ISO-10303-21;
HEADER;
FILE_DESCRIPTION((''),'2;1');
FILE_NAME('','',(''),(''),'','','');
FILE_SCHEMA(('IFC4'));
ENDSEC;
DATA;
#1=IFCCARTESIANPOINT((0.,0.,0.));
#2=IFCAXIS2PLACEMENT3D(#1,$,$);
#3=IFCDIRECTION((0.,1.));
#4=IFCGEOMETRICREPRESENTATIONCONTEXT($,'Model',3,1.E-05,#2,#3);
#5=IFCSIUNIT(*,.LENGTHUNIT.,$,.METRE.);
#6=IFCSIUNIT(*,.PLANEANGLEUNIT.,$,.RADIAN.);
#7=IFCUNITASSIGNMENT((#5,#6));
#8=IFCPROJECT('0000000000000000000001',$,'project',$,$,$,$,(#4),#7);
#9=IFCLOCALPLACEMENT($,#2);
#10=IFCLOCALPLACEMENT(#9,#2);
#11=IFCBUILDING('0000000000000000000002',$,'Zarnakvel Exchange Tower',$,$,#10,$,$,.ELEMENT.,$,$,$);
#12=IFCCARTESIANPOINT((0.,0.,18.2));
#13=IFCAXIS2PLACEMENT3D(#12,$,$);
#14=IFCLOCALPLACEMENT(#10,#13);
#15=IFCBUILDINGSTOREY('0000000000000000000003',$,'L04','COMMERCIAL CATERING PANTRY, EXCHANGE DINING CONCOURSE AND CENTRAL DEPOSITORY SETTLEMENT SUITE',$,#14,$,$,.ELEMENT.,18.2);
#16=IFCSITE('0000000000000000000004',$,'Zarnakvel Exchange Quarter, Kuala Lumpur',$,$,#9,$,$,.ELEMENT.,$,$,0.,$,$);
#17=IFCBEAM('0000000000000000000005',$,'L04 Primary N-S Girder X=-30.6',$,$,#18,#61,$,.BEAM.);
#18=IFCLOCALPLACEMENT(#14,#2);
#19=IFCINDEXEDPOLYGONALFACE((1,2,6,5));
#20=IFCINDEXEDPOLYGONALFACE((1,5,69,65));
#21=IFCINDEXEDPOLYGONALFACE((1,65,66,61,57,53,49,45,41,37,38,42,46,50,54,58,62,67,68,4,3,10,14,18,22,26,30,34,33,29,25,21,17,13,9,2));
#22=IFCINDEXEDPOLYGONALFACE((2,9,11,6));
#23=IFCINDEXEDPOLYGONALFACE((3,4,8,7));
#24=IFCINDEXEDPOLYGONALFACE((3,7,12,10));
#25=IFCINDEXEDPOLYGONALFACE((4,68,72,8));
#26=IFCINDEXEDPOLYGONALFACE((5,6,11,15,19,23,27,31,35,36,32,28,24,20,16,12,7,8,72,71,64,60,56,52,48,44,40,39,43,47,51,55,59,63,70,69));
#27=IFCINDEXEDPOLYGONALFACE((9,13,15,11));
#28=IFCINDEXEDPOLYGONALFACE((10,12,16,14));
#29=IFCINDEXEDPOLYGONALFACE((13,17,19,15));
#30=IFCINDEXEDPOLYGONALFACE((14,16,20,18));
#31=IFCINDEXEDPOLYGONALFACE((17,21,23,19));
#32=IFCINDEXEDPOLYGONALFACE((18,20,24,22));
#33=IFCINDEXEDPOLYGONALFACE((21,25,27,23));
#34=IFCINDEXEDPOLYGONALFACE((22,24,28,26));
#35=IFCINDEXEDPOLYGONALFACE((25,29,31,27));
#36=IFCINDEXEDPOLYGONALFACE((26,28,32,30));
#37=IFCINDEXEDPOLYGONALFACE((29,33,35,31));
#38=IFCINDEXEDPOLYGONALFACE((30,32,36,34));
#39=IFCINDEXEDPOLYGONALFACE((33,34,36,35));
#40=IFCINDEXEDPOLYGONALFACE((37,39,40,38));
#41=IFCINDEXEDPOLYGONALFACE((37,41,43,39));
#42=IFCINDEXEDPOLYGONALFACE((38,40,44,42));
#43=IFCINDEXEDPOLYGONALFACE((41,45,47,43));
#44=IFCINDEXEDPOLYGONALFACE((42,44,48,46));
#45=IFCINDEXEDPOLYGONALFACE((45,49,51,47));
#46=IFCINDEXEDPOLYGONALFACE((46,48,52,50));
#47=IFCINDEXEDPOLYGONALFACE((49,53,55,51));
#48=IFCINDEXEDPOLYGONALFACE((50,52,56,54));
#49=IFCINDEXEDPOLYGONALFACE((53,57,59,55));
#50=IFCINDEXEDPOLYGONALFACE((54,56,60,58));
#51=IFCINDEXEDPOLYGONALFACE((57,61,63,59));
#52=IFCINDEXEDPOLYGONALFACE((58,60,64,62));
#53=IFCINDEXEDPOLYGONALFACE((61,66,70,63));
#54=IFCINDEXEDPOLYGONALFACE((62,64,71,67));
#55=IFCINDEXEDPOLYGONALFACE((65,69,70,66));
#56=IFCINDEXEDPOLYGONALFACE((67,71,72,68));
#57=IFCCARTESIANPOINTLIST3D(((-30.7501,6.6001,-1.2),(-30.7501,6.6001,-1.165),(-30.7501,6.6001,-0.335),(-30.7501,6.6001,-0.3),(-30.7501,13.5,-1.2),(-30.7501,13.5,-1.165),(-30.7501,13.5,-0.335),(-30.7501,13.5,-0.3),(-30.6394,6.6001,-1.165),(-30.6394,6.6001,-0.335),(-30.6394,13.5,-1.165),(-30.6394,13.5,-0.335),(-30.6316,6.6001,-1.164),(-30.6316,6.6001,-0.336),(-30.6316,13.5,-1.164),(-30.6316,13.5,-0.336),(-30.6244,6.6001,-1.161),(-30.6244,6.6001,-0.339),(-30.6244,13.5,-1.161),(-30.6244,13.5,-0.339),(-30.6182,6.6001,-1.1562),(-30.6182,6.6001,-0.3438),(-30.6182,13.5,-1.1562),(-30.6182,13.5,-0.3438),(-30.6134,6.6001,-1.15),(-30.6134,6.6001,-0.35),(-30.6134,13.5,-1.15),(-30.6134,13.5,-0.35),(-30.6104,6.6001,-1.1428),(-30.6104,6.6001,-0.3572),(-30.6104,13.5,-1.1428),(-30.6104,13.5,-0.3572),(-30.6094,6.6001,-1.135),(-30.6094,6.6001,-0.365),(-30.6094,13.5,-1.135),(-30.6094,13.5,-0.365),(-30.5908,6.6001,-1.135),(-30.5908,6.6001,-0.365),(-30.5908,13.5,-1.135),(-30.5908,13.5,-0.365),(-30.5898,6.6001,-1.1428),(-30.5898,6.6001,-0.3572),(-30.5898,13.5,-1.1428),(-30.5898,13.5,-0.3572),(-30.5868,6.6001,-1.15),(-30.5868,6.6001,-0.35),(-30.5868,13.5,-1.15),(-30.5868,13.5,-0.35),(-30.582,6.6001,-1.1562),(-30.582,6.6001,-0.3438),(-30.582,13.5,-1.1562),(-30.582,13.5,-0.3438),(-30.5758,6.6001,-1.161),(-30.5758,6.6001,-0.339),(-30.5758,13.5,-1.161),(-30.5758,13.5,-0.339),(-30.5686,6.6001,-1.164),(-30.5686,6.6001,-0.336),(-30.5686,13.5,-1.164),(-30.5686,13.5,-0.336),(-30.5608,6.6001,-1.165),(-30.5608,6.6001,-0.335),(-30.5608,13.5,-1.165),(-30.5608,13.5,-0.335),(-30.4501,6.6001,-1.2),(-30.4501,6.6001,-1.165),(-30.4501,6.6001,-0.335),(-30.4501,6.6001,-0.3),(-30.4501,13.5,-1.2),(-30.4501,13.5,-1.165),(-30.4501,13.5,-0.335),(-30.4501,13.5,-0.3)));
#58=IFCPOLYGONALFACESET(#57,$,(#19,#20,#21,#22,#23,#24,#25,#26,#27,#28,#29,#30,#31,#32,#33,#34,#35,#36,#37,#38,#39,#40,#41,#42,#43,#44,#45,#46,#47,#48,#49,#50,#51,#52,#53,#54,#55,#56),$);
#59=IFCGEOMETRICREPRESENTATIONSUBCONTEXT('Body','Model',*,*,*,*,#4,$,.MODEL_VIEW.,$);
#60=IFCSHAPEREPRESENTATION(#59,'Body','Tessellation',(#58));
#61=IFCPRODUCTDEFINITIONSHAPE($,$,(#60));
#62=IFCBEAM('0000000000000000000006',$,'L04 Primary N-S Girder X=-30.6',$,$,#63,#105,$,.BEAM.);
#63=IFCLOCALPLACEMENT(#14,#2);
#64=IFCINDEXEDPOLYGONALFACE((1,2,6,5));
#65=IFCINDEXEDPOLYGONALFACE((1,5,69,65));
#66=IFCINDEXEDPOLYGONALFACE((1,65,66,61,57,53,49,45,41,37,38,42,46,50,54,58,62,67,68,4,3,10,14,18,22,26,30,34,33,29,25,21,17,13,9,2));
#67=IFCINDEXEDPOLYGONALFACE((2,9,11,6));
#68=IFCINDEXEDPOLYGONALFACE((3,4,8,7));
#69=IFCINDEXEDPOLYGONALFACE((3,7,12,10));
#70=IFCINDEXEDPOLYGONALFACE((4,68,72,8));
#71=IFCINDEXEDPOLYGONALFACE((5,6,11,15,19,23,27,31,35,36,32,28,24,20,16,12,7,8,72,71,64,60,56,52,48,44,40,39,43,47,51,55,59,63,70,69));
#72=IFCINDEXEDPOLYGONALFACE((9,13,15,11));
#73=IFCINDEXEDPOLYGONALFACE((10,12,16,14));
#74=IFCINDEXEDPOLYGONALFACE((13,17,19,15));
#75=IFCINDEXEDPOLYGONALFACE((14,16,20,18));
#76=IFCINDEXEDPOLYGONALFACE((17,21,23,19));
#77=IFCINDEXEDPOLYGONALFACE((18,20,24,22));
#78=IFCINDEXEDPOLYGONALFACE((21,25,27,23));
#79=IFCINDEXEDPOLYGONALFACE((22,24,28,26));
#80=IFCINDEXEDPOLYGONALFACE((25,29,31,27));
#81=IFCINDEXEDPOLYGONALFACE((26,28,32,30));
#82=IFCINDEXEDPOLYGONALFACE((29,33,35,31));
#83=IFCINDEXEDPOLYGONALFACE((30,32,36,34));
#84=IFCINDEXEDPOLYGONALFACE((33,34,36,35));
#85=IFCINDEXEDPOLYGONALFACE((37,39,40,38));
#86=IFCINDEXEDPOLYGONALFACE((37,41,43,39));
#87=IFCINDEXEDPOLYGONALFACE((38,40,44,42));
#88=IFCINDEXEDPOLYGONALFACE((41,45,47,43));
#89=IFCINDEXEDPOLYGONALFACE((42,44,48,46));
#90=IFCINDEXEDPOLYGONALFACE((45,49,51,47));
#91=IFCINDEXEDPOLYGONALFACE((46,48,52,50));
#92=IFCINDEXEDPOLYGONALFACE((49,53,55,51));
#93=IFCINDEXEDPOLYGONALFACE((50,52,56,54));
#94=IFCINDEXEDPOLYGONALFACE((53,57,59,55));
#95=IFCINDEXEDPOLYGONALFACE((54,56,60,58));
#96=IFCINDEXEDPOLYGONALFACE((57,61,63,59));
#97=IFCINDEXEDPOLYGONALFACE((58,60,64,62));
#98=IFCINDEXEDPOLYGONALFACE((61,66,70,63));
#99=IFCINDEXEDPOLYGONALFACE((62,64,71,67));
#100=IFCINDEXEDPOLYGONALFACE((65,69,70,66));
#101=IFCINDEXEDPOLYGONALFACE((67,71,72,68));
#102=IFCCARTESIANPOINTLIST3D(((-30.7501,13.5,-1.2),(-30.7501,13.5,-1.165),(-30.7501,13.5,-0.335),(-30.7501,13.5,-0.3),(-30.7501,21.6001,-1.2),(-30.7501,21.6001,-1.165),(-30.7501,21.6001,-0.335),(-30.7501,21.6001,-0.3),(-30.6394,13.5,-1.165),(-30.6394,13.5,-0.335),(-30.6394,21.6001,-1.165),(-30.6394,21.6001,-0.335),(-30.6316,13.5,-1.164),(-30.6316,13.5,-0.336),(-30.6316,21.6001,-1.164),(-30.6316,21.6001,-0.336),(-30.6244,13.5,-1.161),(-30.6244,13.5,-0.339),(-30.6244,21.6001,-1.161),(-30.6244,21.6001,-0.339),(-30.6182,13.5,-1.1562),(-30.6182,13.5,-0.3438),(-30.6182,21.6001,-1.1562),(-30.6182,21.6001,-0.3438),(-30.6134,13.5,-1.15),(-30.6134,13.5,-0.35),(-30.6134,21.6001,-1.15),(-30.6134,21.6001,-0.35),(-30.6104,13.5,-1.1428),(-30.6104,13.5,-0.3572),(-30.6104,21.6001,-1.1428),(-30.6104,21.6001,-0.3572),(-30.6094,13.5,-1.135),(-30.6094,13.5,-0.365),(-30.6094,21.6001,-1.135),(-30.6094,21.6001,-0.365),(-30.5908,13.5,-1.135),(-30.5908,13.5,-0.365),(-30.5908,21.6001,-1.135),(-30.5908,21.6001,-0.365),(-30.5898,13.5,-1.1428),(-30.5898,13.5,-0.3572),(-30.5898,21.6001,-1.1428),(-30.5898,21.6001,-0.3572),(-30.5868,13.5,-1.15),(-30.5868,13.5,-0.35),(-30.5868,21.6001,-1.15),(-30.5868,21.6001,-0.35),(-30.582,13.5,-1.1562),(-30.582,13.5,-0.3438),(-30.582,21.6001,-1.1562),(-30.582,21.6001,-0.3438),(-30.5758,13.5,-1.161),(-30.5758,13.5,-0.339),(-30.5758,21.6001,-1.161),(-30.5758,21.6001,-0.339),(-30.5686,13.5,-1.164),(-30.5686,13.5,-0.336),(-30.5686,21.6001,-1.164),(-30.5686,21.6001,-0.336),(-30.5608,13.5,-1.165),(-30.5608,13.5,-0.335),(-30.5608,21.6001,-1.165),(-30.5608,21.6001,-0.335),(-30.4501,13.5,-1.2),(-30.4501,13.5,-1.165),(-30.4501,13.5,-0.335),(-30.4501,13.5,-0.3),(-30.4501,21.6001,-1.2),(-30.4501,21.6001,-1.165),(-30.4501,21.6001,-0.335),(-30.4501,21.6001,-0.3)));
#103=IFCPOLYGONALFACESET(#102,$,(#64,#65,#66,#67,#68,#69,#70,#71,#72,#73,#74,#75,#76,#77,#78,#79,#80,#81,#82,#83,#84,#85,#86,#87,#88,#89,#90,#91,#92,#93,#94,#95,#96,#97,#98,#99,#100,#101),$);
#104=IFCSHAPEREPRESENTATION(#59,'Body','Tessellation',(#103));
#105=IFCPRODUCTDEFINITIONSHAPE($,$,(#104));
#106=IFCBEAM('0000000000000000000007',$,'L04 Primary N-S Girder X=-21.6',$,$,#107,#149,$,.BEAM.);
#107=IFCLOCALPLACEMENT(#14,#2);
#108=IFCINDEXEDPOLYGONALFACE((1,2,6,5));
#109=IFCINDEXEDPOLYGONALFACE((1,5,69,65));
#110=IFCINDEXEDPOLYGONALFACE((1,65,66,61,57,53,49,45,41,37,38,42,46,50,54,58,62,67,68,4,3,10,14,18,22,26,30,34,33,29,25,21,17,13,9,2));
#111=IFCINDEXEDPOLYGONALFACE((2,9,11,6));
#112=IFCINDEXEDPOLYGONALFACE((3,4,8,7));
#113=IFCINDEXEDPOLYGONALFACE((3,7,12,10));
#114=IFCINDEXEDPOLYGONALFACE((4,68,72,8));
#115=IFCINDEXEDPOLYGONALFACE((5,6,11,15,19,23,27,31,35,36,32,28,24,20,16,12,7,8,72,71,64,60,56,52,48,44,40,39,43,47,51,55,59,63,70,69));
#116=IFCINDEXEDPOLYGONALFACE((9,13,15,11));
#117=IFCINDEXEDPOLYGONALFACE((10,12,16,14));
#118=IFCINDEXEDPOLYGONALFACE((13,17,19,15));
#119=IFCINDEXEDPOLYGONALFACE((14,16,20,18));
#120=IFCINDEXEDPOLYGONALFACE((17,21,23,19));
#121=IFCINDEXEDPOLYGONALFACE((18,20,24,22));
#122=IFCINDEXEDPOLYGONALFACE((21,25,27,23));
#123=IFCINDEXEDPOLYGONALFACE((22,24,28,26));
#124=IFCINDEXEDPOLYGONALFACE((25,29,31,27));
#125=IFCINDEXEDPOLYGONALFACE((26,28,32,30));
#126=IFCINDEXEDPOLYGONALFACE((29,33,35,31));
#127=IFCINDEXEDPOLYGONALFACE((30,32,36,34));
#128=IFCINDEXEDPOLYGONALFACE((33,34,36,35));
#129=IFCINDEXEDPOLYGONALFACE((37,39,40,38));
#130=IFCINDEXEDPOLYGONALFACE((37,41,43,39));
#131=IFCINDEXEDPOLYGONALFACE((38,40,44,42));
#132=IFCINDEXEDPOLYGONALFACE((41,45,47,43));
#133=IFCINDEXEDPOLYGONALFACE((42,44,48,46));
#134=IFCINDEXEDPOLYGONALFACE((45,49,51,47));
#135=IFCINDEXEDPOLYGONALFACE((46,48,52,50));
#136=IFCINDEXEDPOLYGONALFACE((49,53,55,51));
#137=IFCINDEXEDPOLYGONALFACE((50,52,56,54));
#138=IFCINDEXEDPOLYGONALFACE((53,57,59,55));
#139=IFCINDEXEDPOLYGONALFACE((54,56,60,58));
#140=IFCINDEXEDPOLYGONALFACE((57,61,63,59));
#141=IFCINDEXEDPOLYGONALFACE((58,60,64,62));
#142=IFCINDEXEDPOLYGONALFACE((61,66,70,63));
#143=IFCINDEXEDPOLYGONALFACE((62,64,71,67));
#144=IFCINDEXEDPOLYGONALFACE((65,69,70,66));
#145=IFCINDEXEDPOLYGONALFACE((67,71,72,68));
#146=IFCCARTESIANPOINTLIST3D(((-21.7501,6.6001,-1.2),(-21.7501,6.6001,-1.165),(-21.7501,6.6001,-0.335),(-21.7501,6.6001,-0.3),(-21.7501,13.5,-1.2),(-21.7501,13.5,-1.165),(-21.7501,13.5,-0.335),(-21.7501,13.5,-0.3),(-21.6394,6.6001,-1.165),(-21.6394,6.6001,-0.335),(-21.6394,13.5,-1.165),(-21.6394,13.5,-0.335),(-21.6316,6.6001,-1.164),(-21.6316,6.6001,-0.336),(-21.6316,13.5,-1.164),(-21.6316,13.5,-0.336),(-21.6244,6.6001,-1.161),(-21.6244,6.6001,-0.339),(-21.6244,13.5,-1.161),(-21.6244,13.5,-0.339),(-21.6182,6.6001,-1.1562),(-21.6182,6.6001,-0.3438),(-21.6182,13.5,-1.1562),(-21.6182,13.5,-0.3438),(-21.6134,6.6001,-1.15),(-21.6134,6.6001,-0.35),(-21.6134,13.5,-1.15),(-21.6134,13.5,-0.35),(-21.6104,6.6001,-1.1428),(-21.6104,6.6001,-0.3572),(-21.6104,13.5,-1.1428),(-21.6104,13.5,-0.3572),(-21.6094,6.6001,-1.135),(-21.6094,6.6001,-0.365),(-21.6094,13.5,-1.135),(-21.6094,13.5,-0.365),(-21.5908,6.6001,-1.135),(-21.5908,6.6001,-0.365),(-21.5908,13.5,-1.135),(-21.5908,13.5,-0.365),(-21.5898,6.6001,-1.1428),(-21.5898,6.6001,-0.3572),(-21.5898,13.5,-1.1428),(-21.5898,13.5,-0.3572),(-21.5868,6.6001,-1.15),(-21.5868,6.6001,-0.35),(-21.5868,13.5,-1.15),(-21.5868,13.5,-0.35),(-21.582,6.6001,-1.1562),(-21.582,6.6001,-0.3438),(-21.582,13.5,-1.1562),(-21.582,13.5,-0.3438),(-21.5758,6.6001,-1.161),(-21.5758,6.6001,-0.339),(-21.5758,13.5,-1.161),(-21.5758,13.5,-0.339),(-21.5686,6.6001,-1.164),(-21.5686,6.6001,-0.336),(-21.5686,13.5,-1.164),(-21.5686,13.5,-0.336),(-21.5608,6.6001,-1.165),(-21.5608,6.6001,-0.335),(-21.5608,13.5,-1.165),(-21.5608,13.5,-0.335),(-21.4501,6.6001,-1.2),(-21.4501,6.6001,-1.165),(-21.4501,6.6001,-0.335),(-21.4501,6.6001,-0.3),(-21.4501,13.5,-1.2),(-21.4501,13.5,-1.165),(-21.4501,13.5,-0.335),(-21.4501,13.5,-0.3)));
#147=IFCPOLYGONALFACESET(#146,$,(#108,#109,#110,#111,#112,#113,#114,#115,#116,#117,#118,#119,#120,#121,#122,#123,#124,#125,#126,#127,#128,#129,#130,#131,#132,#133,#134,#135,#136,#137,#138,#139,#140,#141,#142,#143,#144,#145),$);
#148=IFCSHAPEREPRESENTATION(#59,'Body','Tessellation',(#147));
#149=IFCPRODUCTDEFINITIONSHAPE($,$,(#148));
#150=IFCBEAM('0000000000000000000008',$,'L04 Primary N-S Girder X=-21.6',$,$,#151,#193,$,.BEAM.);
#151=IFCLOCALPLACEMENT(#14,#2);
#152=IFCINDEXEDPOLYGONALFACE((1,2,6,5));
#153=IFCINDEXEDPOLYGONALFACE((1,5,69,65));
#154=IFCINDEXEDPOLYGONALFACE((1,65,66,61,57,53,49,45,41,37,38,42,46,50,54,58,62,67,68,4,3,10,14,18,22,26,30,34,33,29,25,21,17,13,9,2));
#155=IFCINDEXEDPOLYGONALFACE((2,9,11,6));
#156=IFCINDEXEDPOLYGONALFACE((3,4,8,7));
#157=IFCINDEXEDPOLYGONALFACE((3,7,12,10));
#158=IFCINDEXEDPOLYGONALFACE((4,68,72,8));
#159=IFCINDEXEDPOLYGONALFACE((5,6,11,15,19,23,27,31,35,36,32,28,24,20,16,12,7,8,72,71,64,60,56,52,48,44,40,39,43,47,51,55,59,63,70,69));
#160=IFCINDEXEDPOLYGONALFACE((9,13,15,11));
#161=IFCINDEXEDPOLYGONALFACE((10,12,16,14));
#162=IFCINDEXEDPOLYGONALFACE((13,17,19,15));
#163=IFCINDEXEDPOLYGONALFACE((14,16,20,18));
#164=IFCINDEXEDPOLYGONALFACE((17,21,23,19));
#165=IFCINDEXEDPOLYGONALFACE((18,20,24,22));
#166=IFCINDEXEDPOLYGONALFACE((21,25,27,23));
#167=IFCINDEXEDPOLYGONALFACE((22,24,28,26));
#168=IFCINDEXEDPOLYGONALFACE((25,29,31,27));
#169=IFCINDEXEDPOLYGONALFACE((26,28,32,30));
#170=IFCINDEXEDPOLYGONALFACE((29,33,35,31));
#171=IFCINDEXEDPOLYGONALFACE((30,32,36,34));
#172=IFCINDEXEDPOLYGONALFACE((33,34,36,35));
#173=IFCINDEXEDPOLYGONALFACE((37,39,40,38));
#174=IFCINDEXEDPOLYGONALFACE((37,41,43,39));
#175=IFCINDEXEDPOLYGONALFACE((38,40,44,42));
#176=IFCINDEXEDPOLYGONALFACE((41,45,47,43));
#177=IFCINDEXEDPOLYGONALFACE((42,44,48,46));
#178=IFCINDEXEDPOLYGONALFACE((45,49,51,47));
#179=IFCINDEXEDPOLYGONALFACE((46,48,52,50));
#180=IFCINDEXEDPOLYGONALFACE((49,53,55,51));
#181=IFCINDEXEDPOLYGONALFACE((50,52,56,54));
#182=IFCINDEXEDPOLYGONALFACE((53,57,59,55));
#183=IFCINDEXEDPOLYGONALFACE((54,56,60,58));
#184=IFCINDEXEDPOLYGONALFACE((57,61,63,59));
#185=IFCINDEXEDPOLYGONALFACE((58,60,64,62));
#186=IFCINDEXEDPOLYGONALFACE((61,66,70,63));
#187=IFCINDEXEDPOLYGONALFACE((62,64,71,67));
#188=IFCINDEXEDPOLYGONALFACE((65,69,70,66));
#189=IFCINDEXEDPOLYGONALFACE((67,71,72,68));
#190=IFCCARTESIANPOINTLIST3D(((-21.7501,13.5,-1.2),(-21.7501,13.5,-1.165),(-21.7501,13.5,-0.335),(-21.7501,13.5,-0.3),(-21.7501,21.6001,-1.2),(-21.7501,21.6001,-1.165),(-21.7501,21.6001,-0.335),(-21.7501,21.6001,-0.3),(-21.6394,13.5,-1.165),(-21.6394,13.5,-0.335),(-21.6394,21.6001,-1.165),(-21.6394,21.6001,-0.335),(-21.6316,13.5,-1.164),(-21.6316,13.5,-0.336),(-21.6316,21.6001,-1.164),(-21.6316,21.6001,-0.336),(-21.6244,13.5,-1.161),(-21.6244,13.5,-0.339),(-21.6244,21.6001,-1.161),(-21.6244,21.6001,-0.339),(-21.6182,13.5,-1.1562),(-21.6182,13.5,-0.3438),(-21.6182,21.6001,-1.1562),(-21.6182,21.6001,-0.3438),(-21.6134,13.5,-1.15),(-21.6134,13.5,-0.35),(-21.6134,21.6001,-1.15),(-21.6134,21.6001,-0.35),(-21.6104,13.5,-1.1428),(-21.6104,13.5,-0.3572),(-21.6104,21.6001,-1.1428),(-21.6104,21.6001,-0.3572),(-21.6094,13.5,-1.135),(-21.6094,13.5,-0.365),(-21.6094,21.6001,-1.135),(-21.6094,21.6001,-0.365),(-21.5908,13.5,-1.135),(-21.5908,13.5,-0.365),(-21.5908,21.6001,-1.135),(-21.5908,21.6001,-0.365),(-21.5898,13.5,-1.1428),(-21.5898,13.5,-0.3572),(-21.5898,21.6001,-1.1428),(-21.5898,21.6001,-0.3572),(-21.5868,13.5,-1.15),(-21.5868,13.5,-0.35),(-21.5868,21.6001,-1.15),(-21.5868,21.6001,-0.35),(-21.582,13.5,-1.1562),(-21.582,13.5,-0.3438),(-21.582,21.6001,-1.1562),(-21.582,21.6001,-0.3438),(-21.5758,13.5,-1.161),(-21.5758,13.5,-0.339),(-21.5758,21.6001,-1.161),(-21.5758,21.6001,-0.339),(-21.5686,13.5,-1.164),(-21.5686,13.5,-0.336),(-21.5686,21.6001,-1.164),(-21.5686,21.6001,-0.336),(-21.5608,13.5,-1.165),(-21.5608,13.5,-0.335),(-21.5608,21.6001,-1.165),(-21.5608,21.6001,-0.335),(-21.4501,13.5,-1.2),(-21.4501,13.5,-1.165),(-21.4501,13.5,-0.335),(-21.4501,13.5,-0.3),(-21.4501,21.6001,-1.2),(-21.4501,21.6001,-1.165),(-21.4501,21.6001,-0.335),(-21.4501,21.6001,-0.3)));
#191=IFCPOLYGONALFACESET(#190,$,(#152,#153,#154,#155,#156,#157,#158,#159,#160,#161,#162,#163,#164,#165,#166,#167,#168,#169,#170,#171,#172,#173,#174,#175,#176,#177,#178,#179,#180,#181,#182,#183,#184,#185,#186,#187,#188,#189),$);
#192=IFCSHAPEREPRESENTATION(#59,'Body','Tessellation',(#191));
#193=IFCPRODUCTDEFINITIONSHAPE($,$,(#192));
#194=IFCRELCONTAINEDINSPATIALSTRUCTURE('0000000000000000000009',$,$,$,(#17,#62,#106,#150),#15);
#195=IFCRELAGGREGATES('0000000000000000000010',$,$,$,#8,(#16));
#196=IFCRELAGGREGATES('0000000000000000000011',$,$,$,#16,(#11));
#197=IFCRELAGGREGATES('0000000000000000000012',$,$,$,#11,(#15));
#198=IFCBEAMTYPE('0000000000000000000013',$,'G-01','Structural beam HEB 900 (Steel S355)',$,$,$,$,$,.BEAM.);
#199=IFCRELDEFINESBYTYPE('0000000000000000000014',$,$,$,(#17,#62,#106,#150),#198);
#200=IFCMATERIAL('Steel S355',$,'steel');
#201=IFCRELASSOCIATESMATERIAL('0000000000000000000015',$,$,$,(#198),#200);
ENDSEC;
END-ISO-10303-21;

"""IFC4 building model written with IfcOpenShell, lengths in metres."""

from ifc_helpers import new_model, si_unit, direction, frame, origin, origin_2d, place, context, subcontext, project, spatial, i_section, extrude, material, material_profile, profile_set, type_object, element, save


model = new_model("IFC4")

# Units and contexts
model_context = context("Model", 3, precision=1e-05, world=origin(), true_north=direction((0.0, 1.0)))
body_context = subcontext(model_context, "Body", "Model", "MODEL_VIEW")
ifc_project = project(units=[si_unit("LENGTHUNIT", "METRE"), si_unit("PLANEANGLEUNIT", "RADIAN")], contexts=[model_context])

# Site, building, storey
site_placement = place(None, origin())
site = spatial("IfcSite", under=ifc_project, at=site_placement, Name="Zarnakvel Exchange Quarter, Kuala Lumpur", CompositionType="ELEMENT", RefElevation=0.0)
building_placement = place(site_placement, origin())
building = spatial("IfcBuilding", under=site, at=building_placement, Name="Zarnakvel Exchange Tower", CompositionType="ELEMENT")
storey_placement = place(building_placement, frame((0.0, 0.0, 18.2)))
storey = spatial("IfcBuildingStorey", under=building, at=storey_placement, Name="L04", Description="COMMERCIAL CATERING PANTRY, EXCHANGE DINING CONCOURSE AND CENTRAL DEPOSITORY SETTLEMENT SUITE", CompositionType="ELEMENT", Elevation=18.2)

# Beams
ifc_material_1 = material(Name="Steel S355", Category="steel")
ifc_material_profile_1 = material_profile(ifc_material_1, i_section(OverallWidth=0.3, OverallDepth=0.8999, WebThickness=0.0186, FlangeThickness=0.0349, FilletRadius=0.03, at=origin_2d()))
ifc_profile_set_1 = profile_set([ifc_material_profile_1], Name="Steel S355")
beam_type_1 = type_object("IfcBeamType", Name="G-01", Description="Structural beam HEB 900 (Steel S355)", PredefinedType="BEAM", material=ifc_profile_set_1)
beam_1_placement = place(storey_placement, frame((-30.6001, 6.6001, -0.75), z_axis=(0.0, 1.0, 0.0), x_axis=(-1.0, 0.0, 0.0)))
element("IfcBeam", 1, at=beam_1_placement, inside=storey, type_object=beam_type_1, Name="L04 Primary N-S Girder X=-30.6", PredefinedType="BEAM", context=body_context, shape_type="SweptSolid", body=[
    extrude(i_section(OverallWidth=0.3, OverallDepth=0.8999, WebThickness=0.0186, FlangeThickness=0.0349, FilletRadius=0.03, at=origin_2d()), origin(), (0.0, 0.0, 1.0), 6.8999),
])
beam_2_placement = place(storey_placement, frame((-30.6001, 13.5, -0.75), z_axis=(0.0, 1.0, 0.0), x_axis=(-1.0, 0.0, 0.0)))
element("IfcBeam", 2, at=beam_2_placement, inside=storey, type_object=beam_type_1, Name="L04 Primary N-S Girder X=-30.6", PredefinedType="BEAM", context=body_context, shape_type="SweptSolid", body=[
    extrude(i_section(OverallWidth=0.3, OverallDepth=0.8999, WebThickness=0.0186, FlangeThickness=0.0349, FilletRadius=0.03, at=origin_2d()), origin(), (0.0, 0.0, 1.0), 8.1001),
])
beam_3_placement = place(storey_placement, frame((-21.6001, 6.6001, -0.75), z_axis=(0.0, 1.0, 0.0), x_axis=(-1.0, 0.0, 0.0)))
element("IfcBeam", 3, at=beam_3_placement, inside=storey, type_object=beam_type_1, Name="L04 Primary N-S Girder X=-21.6", PredefinedType="BEAM", context=body_context, shape_type="SweptSolid", body=[
    extrude(i_section(OverallWidth=0.3, OverallDepth=0.8999, WebThickness=0.0186, FlangeThickness=0.0349, FilletRadius=0.03, at=origin_2d()), origin(), (0.0, 0.0, 1.0), 6.8999),
])
beam_4_placement = place(storey_placement, frame((-21.6001, 13.5, -0.75), z_axis=(0.0, 1.0, 0.0), x_axis=(-1.0, 0.0, 0.0)))
element("IfcBeam", 4, at=beam_4_placement, inside=storey, type_object=beam_type_1, Name="L04 Primary N-S Girder X=-21.6", PredefinedType="BEAM", context=body_context, shape_type="SweptSolid", body=[
    extrude(i_section(OverallWidth=0.3, OverallDepth=0.8999, WebThickness=0.0186, FlangeThickness=0.0349, FilletRadius=0.03, at=origin_2d()), origin(), (0.0, 0.0, 1.0), 8.1001),
])

save(model, "model.ifc")
